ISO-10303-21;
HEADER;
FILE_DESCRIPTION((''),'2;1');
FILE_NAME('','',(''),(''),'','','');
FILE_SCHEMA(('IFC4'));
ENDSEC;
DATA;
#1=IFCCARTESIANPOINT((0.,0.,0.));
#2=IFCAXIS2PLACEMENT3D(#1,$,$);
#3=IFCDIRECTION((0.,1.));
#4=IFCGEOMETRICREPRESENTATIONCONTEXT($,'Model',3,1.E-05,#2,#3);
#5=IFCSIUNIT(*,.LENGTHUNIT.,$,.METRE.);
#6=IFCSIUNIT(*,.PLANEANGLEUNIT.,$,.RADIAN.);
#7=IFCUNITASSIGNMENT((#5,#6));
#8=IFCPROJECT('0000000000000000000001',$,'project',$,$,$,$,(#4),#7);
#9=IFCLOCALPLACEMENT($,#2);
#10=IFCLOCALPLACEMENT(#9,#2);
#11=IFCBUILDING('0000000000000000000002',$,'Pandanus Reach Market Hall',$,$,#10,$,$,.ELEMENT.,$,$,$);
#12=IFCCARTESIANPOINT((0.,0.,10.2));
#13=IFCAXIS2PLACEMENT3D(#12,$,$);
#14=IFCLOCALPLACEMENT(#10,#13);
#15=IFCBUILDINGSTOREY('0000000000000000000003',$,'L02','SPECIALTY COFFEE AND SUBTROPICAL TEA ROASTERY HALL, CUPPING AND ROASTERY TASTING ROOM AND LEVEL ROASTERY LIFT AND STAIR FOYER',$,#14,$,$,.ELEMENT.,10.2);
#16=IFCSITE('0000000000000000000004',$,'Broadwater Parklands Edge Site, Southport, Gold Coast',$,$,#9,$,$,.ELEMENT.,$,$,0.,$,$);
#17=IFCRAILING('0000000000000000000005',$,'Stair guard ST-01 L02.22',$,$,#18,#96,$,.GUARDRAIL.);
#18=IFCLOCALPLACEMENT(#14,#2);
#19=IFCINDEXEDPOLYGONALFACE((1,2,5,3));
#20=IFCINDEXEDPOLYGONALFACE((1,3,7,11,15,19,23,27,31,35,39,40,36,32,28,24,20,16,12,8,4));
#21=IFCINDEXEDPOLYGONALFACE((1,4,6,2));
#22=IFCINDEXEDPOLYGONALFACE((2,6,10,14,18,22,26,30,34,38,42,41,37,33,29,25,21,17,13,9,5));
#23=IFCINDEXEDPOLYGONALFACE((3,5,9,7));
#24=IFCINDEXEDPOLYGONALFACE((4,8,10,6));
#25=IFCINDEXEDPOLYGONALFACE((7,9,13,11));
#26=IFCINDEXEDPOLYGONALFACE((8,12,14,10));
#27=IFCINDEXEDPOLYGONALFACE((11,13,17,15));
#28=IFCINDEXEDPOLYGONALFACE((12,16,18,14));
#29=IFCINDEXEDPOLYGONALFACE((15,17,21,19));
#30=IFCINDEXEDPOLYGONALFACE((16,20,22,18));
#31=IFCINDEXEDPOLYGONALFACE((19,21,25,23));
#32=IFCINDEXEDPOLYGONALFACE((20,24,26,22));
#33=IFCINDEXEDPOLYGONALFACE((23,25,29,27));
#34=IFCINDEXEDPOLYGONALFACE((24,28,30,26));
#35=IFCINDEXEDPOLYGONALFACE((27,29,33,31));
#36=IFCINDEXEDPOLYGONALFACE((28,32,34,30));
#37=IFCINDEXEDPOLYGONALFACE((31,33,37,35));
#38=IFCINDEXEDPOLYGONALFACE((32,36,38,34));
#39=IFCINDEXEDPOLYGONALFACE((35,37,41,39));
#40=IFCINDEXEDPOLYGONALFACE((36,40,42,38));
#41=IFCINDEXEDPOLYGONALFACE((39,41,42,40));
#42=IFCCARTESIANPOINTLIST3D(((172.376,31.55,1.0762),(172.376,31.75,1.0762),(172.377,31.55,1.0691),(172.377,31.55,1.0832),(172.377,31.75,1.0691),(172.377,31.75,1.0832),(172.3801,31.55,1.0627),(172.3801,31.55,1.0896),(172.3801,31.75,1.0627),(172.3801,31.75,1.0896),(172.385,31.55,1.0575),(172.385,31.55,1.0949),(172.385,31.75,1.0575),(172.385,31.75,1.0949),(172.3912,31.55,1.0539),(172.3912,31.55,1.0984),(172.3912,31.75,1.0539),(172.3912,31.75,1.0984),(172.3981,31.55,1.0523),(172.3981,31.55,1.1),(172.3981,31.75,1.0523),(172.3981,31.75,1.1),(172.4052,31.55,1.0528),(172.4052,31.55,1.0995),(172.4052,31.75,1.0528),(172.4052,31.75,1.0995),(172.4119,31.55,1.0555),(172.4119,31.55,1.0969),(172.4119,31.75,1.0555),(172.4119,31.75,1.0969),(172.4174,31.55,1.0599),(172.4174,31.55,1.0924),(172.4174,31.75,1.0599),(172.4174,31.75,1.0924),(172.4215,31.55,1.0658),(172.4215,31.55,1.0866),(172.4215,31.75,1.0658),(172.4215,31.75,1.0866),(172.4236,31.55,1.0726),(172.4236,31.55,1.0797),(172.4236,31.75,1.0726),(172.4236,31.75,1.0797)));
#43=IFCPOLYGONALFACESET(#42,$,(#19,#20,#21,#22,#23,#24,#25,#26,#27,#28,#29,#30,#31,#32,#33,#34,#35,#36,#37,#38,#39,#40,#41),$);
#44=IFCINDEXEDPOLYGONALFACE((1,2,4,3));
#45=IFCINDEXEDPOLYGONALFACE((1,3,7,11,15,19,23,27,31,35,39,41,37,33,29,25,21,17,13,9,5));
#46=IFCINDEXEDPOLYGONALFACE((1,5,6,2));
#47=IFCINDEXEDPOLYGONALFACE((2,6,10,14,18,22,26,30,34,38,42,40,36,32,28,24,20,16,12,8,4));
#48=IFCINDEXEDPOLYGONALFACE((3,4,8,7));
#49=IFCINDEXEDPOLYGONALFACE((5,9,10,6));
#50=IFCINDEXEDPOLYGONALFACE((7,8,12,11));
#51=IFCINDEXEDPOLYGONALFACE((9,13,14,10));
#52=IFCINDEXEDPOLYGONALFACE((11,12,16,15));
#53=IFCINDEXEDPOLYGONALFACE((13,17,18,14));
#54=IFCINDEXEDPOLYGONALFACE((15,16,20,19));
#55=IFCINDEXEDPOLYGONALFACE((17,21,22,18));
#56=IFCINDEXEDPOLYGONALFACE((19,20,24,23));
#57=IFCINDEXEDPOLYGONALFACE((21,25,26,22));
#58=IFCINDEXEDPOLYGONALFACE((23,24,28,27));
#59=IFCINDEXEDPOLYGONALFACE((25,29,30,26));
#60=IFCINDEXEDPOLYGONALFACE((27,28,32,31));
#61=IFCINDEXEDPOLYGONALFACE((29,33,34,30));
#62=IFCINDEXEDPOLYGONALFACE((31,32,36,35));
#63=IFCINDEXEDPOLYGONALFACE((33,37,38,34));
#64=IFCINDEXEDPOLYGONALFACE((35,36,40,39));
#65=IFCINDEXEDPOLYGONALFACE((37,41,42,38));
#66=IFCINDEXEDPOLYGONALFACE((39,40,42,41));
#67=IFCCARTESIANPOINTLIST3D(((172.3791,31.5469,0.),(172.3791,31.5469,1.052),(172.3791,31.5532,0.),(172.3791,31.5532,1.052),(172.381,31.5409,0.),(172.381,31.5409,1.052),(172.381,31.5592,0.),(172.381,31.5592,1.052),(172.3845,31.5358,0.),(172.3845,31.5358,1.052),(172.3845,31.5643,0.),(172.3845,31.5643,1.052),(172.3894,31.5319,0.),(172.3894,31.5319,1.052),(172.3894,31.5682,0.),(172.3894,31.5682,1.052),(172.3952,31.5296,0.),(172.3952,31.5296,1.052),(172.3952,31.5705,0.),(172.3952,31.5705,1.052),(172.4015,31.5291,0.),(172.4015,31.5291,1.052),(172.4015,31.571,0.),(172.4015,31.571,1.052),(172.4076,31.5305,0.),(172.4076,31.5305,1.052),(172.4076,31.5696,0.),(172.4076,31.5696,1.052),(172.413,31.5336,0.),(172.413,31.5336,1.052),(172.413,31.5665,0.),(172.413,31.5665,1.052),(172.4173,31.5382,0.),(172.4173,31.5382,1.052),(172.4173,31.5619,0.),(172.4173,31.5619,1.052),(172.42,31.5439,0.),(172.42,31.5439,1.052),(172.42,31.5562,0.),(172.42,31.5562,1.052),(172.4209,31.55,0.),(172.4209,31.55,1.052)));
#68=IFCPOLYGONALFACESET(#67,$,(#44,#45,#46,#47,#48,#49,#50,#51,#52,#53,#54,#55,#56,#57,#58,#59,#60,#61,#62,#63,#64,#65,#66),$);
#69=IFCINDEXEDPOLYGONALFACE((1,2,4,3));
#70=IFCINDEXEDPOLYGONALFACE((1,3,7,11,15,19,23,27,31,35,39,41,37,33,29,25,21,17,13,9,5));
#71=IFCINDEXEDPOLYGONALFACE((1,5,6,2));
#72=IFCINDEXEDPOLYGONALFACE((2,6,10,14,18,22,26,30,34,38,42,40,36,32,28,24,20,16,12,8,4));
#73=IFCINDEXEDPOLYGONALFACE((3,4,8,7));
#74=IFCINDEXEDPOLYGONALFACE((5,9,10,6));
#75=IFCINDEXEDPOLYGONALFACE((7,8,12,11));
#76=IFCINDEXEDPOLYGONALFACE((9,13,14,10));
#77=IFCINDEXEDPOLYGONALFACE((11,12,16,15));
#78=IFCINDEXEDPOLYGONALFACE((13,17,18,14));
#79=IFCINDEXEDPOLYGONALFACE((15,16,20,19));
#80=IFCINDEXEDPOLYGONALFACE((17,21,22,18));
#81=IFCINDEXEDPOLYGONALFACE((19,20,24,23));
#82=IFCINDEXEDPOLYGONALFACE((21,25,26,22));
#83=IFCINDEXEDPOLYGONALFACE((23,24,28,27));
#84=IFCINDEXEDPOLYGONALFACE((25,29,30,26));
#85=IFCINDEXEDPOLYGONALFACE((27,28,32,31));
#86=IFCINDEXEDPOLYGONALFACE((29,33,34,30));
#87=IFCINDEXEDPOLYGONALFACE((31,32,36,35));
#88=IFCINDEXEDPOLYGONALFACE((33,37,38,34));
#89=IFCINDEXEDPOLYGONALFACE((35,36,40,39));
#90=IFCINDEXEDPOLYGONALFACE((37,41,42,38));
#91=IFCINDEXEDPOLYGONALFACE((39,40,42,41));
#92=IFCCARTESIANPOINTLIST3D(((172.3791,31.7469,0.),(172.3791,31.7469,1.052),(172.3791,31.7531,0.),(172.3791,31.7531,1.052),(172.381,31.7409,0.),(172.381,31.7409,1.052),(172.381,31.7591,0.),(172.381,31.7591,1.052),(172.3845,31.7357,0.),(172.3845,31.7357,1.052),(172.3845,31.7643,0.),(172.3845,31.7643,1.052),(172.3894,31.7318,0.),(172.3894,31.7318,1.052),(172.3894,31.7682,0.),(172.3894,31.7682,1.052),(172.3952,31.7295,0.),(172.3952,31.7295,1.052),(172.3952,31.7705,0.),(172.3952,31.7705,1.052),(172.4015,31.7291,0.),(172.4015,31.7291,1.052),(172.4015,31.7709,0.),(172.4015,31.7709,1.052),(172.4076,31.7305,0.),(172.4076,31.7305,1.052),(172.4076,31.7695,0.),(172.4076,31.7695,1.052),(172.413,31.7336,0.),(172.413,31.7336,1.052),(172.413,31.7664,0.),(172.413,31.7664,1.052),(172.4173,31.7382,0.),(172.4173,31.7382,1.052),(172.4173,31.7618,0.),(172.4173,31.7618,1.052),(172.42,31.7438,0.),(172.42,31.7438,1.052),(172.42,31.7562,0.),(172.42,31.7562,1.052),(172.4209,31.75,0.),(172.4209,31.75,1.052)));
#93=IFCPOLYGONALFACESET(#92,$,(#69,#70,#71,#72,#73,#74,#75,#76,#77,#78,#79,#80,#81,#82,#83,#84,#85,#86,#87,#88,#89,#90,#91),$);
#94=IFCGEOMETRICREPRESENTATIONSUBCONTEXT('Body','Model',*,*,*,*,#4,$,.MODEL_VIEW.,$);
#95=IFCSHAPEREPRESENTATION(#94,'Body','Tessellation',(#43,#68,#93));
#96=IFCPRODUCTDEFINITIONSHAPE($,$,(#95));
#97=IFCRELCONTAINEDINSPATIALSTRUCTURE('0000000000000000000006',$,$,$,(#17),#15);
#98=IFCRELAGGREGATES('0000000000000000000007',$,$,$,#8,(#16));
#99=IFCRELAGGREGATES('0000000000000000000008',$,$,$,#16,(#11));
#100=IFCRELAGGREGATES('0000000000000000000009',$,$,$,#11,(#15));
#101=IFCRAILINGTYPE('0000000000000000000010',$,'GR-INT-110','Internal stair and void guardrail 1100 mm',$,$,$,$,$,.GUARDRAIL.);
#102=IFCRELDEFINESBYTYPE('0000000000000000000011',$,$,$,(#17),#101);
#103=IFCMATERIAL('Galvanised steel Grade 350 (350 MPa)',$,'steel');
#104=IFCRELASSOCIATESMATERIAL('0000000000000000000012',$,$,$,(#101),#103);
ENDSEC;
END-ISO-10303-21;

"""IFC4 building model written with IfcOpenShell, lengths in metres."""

from ifc_helpers import new_model, si_unit, direction, frame, origin, origin_2d, place, context, subcontext, project, spatial, circle, extrude, material, type_object, element, save


model = new_model("IFC4")

# Units and contexts
model_context = context("Model", 3, precision=1e-05, world=origin(), true_north=direction((0.0, 1.0)))
body_context = subcontext(model_context, "Body", "Model", "MODEL_VIEW")
ifc_project = project(units=[si_unit("LENGTHUNIT", "METRE"), si_unit("PLANEANGLEUNIT", "RADIAN")], contexts=[model_context])

# Site, building, storey
site_placement = place(None, origin())
site = spatial("IfcSite", under=ifc_project, at=site_placement, Name="Broadwater Parklands Edge Site, Southport, Gold Coast", CompositionType="ELEMENT", RefElevation=0.0)
building_placement = place(site_placement, origin())
building = spatial("IfcBuilding", under=site, at=building_placement, Name="Pandanus Reach Market Hall", CompositionType="ELEMENT")
storey_placement = place(building_placement, frame((0.0, 0.0, 10.2)))
storey = spatial("IfcBuildingStorey", under=building, at=storey_placement, Name="L02", Description="SPECIALTY COFFEE AND SUBTROPICAL TEA ROASTERY HALL, CUPPING AND ROASTERY TASTING ROOM AND LEVEL ROASTERY LIFT AND STAIR FOYER", CompositionType="ELEMENT", Elevation=10.2)

# Railing
ifc_material_1 = material(Name="Galvanised steel Grade 350 (350 MPa)", Category="steel")
railing_type_1 = type_object("IfcRailingType", Name="GR-INT-110", Description="Internal stair and void guardrail 1100 mm", PredefinedType="GUARDRAIL", material=ifc_material_1)
railing_1_placement = place(storey_placement, frame((172.3999, 31.55, 0.0)))
element("IfcRailing", 1, at=railing_1_placement, inside=storey, type_object=railing_type_1, Name="Stair guard ST-01 L02.22", PredefinedType="GUARDRAIL", context=body_context, shape_type="SweptSolid", body=[
    extrude(circle(Radius=0.0239, at=origin_2d()), frame((0.0, 0.0, 1.0762), z_axis=(0.0, 1.0, 0.0), x_axis=(-1.0, 0.0, 0.0)), (0.0, 0.0, 1.0), 0.2),
    extrude(circle(Radius=0.021, at=origin_2d()), origin(), (0.0, 0.0, 1.0), 1.052),
    extrude(circle(Radius=0.021, at=origin_2d()), frame((0.0, 0.2, 0.0)), (0.0, 0.0, 1.0), 1.052),
])

save(model, "model.ifc")
